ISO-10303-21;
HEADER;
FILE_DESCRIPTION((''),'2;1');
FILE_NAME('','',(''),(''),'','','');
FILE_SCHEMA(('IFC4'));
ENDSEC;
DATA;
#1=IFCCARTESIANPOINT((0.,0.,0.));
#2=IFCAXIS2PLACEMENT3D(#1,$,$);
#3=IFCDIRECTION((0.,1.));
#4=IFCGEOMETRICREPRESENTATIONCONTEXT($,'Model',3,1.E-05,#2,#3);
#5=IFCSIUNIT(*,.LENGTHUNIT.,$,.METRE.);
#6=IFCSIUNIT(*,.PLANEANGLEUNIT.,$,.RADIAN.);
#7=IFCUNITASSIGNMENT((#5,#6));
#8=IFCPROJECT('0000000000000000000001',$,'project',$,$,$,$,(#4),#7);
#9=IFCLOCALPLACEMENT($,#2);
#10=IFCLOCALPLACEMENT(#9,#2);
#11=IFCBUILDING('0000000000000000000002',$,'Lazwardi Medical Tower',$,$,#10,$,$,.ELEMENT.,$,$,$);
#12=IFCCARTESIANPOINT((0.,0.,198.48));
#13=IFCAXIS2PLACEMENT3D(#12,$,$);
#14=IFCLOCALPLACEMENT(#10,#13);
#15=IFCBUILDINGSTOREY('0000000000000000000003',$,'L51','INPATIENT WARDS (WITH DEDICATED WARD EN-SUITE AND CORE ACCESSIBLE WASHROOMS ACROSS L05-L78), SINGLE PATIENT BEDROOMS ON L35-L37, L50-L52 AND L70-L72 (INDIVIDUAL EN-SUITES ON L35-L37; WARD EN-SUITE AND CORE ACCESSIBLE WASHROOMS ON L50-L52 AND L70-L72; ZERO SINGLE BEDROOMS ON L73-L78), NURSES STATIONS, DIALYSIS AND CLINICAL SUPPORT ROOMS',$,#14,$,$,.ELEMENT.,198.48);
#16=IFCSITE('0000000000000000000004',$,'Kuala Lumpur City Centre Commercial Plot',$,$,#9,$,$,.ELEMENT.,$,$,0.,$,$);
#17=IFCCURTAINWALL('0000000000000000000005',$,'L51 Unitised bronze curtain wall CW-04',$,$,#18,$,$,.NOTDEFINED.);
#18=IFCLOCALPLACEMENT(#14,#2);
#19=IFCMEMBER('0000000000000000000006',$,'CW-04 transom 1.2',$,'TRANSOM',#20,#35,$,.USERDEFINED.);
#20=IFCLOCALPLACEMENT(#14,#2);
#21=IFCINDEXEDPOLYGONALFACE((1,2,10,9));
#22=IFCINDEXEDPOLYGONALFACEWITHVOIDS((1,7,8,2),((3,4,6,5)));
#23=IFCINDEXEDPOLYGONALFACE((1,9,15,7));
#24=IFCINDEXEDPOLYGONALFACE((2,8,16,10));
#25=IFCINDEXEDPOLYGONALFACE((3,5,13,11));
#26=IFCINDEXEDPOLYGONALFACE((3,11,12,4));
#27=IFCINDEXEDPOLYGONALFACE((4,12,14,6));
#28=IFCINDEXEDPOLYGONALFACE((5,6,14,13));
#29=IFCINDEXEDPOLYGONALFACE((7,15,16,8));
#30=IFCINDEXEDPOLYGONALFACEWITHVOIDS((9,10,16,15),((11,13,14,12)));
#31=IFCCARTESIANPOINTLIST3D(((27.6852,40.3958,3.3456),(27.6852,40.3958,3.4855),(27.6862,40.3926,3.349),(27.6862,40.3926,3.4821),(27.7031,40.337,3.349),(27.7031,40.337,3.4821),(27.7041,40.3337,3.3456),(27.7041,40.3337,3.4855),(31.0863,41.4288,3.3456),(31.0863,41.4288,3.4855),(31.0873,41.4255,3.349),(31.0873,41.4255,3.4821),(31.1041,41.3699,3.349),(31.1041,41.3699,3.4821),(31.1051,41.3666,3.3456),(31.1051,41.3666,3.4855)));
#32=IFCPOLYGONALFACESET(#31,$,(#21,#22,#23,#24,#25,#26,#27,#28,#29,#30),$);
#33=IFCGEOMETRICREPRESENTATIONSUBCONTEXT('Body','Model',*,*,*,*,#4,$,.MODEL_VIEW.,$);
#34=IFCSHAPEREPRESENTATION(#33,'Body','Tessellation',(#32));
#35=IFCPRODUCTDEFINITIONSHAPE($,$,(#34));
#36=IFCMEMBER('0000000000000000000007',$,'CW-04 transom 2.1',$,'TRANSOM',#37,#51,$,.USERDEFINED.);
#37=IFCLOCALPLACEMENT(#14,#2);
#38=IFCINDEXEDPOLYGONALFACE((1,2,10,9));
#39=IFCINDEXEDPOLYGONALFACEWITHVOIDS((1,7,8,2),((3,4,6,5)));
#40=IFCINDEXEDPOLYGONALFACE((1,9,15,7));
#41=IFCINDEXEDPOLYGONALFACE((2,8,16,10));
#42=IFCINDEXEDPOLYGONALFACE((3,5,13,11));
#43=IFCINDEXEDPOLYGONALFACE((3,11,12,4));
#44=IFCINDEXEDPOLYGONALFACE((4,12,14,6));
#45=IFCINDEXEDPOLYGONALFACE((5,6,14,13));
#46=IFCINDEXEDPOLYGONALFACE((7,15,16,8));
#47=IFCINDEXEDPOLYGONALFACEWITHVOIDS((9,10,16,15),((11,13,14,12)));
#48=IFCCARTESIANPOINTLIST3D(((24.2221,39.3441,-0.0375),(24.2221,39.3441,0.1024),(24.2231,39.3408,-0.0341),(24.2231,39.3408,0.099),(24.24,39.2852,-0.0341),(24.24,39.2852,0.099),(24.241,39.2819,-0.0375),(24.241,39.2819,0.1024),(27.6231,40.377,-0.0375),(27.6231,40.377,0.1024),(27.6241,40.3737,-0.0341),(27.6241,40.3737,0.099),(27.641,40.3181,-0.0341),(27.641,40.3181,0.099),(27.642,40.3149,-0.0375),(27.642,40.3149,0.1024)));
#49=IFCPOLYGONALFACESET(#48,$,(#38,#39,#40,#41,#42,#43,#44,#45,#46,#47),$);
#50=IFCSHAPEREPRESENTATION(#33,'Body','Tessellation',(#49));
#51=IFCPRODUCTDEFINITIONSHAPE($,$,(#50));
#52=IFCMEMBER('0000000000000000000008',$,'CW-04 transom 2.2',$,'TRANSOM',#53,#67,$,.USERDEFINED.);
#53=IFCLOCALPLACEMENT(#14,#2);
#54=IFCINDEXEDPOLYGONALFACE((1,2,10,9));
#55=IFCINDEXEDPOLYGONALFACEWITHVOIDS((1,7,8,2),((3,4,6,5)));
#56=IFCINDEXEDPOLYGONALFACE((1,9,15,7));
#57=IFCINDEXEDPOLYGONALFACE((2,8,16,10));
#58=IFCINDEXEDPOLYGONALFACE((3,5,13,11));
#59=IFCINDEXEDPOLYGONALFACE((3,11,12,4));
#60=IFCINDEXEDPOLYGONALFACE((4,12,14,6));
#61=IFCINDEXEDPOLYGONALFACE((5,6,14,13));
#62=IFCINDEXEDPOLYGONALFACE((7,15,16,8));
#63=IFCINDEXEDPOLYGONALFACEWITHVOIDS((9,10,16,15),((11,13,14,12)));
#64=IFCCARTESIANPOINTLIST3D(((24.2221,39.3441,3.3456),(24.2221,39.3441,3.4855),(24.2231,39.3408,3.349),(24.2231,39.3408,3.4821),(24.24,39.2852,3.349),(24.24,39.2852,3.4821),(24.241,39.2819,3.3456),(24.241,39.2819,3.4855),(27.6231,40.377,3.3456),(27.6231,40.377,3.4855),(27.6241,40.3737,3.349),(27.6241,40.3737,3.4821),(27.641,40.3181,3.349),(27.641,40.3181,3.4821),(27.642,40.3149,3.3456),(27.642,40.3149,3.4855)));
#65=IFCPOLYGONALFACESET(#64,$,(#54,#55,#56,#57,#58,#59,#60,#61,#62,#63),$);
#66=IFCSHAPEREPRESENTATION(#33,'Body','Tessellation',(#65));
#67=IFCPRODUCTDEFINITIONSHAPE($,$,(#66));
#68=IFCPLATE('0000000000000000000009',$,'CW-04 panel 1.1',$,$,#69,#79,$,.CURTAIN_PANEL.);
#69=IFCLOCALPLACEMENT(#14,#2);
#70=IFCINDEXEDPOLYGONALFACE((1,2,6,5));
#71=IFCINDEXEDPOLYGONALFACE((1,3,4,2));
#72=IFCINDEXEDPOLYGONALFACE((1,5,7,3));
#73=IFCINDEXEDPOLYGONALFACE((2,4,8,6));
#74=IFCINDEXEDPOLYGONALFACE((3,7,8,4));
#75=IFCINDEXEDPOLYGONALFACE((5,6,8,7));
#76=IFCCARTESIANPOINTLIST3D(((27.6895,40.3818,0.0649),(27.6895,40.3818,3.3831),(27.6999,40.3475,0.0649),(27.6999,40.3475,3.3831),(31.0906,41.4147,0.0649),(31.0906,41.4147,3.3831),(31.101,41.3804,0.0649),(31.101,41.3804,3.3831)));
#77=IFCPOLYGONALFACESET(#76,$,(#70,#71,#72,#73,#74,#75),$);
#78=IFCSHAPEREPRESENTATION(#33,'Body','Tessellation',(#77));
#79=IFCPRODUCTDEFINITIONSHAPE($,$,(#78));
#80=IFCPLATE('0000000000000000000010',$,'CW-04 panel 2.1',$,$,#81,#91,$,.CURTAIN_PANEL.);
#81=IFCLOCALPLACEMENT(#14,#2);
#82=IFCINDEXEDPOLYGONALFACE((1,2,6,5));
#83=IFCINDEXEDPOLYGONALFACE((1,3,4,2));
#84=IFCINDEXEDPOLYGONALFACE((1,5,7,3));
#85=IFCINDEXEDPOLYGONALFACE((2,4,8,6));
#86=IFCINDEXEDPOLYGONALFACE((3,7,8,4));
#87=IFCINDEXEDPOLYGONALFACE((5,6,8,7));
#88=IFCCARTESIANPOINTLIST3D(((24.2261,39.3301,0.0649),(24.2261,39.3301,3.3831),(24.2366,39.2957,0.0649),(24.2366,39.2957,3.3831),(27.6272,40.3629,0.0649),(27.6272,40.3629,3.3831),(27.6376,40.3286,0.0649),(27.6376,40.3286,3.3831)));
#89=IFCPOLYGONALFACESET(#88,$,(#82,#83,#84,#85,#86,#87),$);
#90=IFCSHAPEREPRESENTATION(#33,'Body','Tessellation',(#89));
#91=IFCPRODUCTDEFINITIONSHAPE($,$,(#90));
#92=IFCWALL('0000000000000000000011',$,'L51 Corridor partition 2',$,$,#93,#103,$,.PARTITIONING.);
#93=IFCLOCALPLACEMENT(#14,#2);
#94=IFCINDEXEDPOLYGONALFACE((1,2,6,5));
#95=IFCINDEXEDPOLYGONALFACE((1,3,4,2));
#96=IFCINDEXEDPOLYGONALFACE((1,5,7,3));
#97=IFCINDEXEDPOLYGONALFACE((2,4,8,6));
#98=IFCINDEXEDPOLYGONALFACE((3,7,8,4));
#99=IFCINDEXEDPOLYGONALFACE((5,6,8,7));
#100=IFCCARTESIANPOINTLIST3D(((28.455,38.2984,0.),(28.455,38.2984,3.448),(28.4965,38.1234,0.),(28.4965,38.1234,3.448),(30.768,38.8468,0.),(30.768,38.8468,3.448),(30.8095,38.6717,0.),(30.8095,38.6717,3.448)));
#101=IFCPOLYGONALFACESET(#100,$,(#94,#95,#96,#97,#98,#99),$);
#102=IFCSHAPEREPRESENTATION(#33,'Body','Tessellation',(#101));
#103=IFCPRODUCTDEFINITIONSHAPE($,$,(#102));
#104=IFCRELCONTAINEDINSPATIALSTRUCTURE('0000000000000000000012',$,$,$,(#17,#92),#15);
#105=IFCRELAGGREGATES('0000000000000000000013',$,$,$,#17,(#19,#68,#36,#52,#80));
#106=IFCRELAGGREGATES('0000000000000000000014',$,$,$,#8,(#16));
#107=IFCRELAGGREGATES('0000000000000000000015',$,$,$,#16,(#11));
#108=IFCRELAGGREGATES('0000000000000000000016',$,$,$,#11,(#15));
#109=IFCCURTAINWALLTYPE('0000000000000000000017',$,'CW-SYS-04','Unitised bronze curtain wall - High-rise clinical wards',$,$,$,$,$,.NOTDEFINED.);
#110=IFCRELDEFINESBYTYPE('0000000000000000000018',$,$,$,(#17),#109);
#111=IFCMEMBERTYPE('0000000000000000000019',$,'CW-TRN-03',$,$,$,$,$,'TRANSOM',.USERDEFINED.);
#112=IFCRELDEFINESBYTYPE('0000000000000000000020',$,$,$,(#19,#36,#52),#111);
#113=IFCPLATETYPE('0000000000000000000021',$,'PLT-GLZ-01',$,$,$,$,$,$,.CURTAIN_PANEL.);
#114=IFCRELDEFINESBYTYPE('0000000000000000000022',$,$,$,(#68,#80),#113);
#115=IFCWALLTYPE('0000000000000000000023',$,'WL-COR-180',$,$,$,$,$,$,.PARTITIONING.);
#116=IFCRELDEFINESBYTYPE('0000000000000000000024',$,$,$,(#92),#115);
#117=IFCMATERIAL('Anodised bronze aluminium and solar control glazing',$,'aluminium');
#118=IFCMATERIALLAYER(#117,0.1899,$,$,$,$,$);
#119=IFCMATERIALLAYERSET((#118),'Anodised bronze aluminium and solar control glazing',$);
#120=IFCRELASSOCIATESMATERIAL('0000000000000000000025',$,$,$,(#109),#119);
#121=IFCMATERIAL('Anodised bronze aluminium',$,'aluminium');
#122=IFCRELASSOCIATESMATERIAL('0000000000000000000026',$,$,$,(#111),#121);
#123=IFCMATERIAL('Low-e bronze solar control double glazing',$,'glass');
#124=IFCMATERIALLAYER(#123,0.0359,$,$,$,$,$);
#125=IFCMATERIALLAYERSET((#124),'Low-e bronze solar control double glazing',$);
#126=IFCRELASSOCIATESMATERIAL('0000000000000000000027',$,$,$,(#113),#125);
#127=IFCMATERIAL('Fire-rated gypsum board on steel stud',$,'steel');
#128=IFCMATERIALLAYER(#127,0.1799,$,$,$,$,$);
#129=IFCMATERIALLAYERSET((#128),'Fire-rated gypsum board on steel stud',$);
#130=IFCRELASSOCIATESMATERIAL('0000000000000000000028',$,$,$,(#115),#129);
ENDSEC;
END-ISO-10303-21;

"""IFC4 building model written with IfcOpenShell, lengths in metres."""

from ifc_helpers import new_model, si_unit, direction, frame, frame_2d, origin, origin_2d, place, context, subcontext, project, spatial, rectangle, hollow_rectangle, extrude, material, layer, layer_set, material_profile, profile_set, type_object, element, aggregate, save


model = new_model("IFC4")

# Units and contexts
model_context = context("Model", 3, precision=1e-05, world=origin(), true_north=direction((0.0, 1.0)))
body_context = subcontext(model_context, "Body", "Model", "MODEL_VIEW")
ifc_project = project(units=[si_unit("LENGTHUNIT", "METRE"), si_unit("PLANEANGLEUNIT", "RADIAN")], contexts=[model_context])

# Site, building, storey
site_placement = place(None, origin())
site = spatial("IfcSite", under=ifc_project, at=site_placement, Name="Kuala Lumpur City Centre Commercial Plot", CompositionType="ELEMENT", RefElevation=0.0)
building_placement = place(site_placement, origin())
building = spatial("IfcBuilding", under=site, at=building_placement, Name="Lazwardi Medical Tower", CompositionType="ELEMENT")
storey_placement = place(building_placement, frame((0.0, 0.0, 198.48)))
storey = spatial("IfcBuildingStorey", under=building, at=storey_placement, Name="L51", Description="INPATIENT WARDS (WITH DEDICATED WARD EN-SUITE AND CORE ACCESSIBLE WASHROOMS ACROSS L05-L78), SINGLE PATIENT BEDROOMS ON L35-L37, L50-L52 AND L70-L72 (INDIVIDUAL EN-SUITES ON L35-L37; WARD EN-SUITE AND CORE ACCESSIBLE WASHROOMS ON L50-L52 AND L70-L72; ZERO SINGLE BEDROOMS ON L73-L78), NURSES STATIONS, DIALYSIS AND CLINICAL SUPPORT ROOMS", CompositionType="ELEMENT", Elevation=198.48)

# Curtain wall, members, plates
ifc_material_1 = material(Name="Anodised bronze aluminium and solar control glazing", Category="aluminium")
ifc_layer_1 = layer(ifc_material_1, 0.1899)
ifc_layer_set_1 = layer_set([ifc_layer_1], Name="Anodised bronze aluminium and solar control glazing")
curtain_wall_type = type_object("IfcCurtainWallType", Name="CW-SYS-04", Description="Unitised bronze curtain wall - High-rise clinical wards", PredefinedType="NOTDEFINED", material=ifc_layer_set_1)
curtain_wall_placement = place(storey_placement, origin())
curtain_wall = element("IfcCurtainWall", 1, at=curtain_wall_placement, inside=storey, type_object=curtain_wall_type, Name="L51 Unitised bronze curtain wall CW-04", PredefinedType="NOTDEFINED")
ifc_material_2 = material(Name="Anodised bronze aluminium", Category="aluminium")
ifc_material_profile_1 = material_profile(ifc_material_2, hollow_rectangle(XDim=0.0649, YDim=0.1399, WallThickness=0.0034, at=origin_2d()), Name="ALU-TRANSOM 140x65x3.5")
ifc_profile_set_1 = profile_set([ifc_material_profile_1], Name="Anodised bronze aluminium")
member_type_1 = type_object("IfcMemberType", Name="CW-TRN-03", ElementType="TRANSOM", PredefinedType="USERDEFINED", material=ifc_profile_set_1)
member_1_placement = place(storey_placement, frame((31.0957, 41.3977, 3.4155), z_axis=(-0.956843, -0.290604, 0.0), x_axis=(0.290604, -0.956843, 0.0)))
member_1 = element("IfcMember", 2, at=member_1_placement, type_object=member_type_1, Name="CW-04 transom 1.2", ObjectType="TRANSOM", PredefinedType="USERDEFINED", context=body_context, shape_type="SweptSolid", body=[
    extrude(hollow_rectangle(XDim=0.0649, YDim=0.1399, WallThickness=0.0034, at=origin_2d()), origin(), (0.0, 0.0, 1.0), 3.5544),
])
member_2_placement = place(storey_placement, frame((27.6326, 40.3459, 0.0325), z_axis=(-0.956843, -0.290604, 0.0), x_axis=(0.290604, -0.956843, 0.0)))
member_2 = element("IfcMember", 3, at=member_2_placement, type_object=member_type_1, Name="CW-04 transom 2.1", ObjectType="TRANSOM", PredefinedType="USERDEFINED", context=body_context, shape_type="SweptSolid", body=[
    extrude(hollow_rectangle(XDim=0.0649, YDim=0.1399, WallThickness=0.0034, at=origin_2d()), origin(), (0.0, 0.0, 1.0), 3.5544),
])
member_3_placement = place(storey_placement, frame((27.6326, 40.3459, 3.4155), z_axis=(-0.956843, -0.290604, 0.0), x_axis=(0.290604, -0.956843, 0.0)))
member_3 = element("IfcMember", 4, at=member_3_placement, type_object=member_type_1, Name="CW-04 transom 2.2", ObjectType="TRANSOM", PredefinedType="USERDEFINED", context=body_context, shape_type="SweptSolid", body=[
    extrude(hollow_rectangle(XDim=0.0649, YDim=0.1399, WallThickness=0.0034, at=origin_2d()), origin(), (0.0, 0.0, 1.0), 3.5544),
])
ifc_material_3 = material(Name="Low-e bronze solar control double glazing", Category="glass")
ifc_layer_2 = layer(ifc_material_3, 0.0359)
ifc_layer_set_2 = layer_set([ifc_layer_2], Name="Low-e bronze solar control double glazing")
plate_type = type_object("IfcPlateType", Name="PLT-GLZ-01", PredefinedType="CURTAIN_PANEL", material=ifc_layer_set_2)
plate_1_placement = place(storey_placement, frame((29.3953, 40.8811, 0.0649), z_axis=(0.0, 0.0, 1.0), x_axis=(-0.95685, -0.290582, 0.0)))
plate_1 = element("IfcPlate", 5, at=plate_1_placement, type_object=plate_type, Name="CW-04 panel 1.1", PredefinedType="CURTAIN_PANEL", context=body_context, shape_type="SweptSolid", body=[
    extrude(rectangle(XDim=3.5544, YDim=0.0359, at=origin_2d()), origin(), (0.0, 0.0, 1.0), 3.3181),
])
plate_2_placement = place(storey_placement, frame((25.9319, 39.8293, 0.0649), z_axis=(0.0, 0.0, 1.0), x_axis=(-0.95685, -0.290582, 0.0)))
plate_2 = element("IfcPlate", 6, at=plate_2_placement, type_object=plate_type, Name="CW-04 panel 2.1", PredefinedType="CURTAIN_PANEL", context=body_context, shape_type="SweptSolid", body=[
    extrude(rectangle(XDim=3.5544, YDim=0.0359, at=origin_2d()), origin(), (0.0, 0.0, 1.0), 3.3181),
])
aggregate(curtain_wall, [member_1, plate_1, member_2, member_3, plate_2])

# Wall
ifc_material_4 = material(Name="Fire-rated gypsum board on steel stud", Category="steel")
ifc_layer_3 = layer(ifc_material_4, 0.1799)
ifc_layer_set_3 = layer_set([ifc_layer_3], Name="Fire-rated gypsum board on steel stud")
wall_type_1 = type_object("IfcWallType", Name="WL-COR-180", PredefinedType="PARTITIONING", material=ifc_layer_set_3)
wall_1_placement = place(storey_placement, frame((28.4758, 38.2109, 0.0), z_axis=(0.0, 0.0, 1.0), x_axis=(0.973031, 0.230676, 0.0)))
element("IfcWall", 7, at=wall_1_placement, inside=storey, type_object=wall_type_1, Name="L51 Corridor partition 2", PredefinedType="PARTITIONING", context=body_context, shape_type="SweptSolid", body=[
    extrude(rectangle(XDim=2.3772, YDim=0.1799, at=frame_2d((1.1885, 0.0))), origin(), (0.0, 0.0, 1.0), 3.448),
])

save(model, "model.ifc")
